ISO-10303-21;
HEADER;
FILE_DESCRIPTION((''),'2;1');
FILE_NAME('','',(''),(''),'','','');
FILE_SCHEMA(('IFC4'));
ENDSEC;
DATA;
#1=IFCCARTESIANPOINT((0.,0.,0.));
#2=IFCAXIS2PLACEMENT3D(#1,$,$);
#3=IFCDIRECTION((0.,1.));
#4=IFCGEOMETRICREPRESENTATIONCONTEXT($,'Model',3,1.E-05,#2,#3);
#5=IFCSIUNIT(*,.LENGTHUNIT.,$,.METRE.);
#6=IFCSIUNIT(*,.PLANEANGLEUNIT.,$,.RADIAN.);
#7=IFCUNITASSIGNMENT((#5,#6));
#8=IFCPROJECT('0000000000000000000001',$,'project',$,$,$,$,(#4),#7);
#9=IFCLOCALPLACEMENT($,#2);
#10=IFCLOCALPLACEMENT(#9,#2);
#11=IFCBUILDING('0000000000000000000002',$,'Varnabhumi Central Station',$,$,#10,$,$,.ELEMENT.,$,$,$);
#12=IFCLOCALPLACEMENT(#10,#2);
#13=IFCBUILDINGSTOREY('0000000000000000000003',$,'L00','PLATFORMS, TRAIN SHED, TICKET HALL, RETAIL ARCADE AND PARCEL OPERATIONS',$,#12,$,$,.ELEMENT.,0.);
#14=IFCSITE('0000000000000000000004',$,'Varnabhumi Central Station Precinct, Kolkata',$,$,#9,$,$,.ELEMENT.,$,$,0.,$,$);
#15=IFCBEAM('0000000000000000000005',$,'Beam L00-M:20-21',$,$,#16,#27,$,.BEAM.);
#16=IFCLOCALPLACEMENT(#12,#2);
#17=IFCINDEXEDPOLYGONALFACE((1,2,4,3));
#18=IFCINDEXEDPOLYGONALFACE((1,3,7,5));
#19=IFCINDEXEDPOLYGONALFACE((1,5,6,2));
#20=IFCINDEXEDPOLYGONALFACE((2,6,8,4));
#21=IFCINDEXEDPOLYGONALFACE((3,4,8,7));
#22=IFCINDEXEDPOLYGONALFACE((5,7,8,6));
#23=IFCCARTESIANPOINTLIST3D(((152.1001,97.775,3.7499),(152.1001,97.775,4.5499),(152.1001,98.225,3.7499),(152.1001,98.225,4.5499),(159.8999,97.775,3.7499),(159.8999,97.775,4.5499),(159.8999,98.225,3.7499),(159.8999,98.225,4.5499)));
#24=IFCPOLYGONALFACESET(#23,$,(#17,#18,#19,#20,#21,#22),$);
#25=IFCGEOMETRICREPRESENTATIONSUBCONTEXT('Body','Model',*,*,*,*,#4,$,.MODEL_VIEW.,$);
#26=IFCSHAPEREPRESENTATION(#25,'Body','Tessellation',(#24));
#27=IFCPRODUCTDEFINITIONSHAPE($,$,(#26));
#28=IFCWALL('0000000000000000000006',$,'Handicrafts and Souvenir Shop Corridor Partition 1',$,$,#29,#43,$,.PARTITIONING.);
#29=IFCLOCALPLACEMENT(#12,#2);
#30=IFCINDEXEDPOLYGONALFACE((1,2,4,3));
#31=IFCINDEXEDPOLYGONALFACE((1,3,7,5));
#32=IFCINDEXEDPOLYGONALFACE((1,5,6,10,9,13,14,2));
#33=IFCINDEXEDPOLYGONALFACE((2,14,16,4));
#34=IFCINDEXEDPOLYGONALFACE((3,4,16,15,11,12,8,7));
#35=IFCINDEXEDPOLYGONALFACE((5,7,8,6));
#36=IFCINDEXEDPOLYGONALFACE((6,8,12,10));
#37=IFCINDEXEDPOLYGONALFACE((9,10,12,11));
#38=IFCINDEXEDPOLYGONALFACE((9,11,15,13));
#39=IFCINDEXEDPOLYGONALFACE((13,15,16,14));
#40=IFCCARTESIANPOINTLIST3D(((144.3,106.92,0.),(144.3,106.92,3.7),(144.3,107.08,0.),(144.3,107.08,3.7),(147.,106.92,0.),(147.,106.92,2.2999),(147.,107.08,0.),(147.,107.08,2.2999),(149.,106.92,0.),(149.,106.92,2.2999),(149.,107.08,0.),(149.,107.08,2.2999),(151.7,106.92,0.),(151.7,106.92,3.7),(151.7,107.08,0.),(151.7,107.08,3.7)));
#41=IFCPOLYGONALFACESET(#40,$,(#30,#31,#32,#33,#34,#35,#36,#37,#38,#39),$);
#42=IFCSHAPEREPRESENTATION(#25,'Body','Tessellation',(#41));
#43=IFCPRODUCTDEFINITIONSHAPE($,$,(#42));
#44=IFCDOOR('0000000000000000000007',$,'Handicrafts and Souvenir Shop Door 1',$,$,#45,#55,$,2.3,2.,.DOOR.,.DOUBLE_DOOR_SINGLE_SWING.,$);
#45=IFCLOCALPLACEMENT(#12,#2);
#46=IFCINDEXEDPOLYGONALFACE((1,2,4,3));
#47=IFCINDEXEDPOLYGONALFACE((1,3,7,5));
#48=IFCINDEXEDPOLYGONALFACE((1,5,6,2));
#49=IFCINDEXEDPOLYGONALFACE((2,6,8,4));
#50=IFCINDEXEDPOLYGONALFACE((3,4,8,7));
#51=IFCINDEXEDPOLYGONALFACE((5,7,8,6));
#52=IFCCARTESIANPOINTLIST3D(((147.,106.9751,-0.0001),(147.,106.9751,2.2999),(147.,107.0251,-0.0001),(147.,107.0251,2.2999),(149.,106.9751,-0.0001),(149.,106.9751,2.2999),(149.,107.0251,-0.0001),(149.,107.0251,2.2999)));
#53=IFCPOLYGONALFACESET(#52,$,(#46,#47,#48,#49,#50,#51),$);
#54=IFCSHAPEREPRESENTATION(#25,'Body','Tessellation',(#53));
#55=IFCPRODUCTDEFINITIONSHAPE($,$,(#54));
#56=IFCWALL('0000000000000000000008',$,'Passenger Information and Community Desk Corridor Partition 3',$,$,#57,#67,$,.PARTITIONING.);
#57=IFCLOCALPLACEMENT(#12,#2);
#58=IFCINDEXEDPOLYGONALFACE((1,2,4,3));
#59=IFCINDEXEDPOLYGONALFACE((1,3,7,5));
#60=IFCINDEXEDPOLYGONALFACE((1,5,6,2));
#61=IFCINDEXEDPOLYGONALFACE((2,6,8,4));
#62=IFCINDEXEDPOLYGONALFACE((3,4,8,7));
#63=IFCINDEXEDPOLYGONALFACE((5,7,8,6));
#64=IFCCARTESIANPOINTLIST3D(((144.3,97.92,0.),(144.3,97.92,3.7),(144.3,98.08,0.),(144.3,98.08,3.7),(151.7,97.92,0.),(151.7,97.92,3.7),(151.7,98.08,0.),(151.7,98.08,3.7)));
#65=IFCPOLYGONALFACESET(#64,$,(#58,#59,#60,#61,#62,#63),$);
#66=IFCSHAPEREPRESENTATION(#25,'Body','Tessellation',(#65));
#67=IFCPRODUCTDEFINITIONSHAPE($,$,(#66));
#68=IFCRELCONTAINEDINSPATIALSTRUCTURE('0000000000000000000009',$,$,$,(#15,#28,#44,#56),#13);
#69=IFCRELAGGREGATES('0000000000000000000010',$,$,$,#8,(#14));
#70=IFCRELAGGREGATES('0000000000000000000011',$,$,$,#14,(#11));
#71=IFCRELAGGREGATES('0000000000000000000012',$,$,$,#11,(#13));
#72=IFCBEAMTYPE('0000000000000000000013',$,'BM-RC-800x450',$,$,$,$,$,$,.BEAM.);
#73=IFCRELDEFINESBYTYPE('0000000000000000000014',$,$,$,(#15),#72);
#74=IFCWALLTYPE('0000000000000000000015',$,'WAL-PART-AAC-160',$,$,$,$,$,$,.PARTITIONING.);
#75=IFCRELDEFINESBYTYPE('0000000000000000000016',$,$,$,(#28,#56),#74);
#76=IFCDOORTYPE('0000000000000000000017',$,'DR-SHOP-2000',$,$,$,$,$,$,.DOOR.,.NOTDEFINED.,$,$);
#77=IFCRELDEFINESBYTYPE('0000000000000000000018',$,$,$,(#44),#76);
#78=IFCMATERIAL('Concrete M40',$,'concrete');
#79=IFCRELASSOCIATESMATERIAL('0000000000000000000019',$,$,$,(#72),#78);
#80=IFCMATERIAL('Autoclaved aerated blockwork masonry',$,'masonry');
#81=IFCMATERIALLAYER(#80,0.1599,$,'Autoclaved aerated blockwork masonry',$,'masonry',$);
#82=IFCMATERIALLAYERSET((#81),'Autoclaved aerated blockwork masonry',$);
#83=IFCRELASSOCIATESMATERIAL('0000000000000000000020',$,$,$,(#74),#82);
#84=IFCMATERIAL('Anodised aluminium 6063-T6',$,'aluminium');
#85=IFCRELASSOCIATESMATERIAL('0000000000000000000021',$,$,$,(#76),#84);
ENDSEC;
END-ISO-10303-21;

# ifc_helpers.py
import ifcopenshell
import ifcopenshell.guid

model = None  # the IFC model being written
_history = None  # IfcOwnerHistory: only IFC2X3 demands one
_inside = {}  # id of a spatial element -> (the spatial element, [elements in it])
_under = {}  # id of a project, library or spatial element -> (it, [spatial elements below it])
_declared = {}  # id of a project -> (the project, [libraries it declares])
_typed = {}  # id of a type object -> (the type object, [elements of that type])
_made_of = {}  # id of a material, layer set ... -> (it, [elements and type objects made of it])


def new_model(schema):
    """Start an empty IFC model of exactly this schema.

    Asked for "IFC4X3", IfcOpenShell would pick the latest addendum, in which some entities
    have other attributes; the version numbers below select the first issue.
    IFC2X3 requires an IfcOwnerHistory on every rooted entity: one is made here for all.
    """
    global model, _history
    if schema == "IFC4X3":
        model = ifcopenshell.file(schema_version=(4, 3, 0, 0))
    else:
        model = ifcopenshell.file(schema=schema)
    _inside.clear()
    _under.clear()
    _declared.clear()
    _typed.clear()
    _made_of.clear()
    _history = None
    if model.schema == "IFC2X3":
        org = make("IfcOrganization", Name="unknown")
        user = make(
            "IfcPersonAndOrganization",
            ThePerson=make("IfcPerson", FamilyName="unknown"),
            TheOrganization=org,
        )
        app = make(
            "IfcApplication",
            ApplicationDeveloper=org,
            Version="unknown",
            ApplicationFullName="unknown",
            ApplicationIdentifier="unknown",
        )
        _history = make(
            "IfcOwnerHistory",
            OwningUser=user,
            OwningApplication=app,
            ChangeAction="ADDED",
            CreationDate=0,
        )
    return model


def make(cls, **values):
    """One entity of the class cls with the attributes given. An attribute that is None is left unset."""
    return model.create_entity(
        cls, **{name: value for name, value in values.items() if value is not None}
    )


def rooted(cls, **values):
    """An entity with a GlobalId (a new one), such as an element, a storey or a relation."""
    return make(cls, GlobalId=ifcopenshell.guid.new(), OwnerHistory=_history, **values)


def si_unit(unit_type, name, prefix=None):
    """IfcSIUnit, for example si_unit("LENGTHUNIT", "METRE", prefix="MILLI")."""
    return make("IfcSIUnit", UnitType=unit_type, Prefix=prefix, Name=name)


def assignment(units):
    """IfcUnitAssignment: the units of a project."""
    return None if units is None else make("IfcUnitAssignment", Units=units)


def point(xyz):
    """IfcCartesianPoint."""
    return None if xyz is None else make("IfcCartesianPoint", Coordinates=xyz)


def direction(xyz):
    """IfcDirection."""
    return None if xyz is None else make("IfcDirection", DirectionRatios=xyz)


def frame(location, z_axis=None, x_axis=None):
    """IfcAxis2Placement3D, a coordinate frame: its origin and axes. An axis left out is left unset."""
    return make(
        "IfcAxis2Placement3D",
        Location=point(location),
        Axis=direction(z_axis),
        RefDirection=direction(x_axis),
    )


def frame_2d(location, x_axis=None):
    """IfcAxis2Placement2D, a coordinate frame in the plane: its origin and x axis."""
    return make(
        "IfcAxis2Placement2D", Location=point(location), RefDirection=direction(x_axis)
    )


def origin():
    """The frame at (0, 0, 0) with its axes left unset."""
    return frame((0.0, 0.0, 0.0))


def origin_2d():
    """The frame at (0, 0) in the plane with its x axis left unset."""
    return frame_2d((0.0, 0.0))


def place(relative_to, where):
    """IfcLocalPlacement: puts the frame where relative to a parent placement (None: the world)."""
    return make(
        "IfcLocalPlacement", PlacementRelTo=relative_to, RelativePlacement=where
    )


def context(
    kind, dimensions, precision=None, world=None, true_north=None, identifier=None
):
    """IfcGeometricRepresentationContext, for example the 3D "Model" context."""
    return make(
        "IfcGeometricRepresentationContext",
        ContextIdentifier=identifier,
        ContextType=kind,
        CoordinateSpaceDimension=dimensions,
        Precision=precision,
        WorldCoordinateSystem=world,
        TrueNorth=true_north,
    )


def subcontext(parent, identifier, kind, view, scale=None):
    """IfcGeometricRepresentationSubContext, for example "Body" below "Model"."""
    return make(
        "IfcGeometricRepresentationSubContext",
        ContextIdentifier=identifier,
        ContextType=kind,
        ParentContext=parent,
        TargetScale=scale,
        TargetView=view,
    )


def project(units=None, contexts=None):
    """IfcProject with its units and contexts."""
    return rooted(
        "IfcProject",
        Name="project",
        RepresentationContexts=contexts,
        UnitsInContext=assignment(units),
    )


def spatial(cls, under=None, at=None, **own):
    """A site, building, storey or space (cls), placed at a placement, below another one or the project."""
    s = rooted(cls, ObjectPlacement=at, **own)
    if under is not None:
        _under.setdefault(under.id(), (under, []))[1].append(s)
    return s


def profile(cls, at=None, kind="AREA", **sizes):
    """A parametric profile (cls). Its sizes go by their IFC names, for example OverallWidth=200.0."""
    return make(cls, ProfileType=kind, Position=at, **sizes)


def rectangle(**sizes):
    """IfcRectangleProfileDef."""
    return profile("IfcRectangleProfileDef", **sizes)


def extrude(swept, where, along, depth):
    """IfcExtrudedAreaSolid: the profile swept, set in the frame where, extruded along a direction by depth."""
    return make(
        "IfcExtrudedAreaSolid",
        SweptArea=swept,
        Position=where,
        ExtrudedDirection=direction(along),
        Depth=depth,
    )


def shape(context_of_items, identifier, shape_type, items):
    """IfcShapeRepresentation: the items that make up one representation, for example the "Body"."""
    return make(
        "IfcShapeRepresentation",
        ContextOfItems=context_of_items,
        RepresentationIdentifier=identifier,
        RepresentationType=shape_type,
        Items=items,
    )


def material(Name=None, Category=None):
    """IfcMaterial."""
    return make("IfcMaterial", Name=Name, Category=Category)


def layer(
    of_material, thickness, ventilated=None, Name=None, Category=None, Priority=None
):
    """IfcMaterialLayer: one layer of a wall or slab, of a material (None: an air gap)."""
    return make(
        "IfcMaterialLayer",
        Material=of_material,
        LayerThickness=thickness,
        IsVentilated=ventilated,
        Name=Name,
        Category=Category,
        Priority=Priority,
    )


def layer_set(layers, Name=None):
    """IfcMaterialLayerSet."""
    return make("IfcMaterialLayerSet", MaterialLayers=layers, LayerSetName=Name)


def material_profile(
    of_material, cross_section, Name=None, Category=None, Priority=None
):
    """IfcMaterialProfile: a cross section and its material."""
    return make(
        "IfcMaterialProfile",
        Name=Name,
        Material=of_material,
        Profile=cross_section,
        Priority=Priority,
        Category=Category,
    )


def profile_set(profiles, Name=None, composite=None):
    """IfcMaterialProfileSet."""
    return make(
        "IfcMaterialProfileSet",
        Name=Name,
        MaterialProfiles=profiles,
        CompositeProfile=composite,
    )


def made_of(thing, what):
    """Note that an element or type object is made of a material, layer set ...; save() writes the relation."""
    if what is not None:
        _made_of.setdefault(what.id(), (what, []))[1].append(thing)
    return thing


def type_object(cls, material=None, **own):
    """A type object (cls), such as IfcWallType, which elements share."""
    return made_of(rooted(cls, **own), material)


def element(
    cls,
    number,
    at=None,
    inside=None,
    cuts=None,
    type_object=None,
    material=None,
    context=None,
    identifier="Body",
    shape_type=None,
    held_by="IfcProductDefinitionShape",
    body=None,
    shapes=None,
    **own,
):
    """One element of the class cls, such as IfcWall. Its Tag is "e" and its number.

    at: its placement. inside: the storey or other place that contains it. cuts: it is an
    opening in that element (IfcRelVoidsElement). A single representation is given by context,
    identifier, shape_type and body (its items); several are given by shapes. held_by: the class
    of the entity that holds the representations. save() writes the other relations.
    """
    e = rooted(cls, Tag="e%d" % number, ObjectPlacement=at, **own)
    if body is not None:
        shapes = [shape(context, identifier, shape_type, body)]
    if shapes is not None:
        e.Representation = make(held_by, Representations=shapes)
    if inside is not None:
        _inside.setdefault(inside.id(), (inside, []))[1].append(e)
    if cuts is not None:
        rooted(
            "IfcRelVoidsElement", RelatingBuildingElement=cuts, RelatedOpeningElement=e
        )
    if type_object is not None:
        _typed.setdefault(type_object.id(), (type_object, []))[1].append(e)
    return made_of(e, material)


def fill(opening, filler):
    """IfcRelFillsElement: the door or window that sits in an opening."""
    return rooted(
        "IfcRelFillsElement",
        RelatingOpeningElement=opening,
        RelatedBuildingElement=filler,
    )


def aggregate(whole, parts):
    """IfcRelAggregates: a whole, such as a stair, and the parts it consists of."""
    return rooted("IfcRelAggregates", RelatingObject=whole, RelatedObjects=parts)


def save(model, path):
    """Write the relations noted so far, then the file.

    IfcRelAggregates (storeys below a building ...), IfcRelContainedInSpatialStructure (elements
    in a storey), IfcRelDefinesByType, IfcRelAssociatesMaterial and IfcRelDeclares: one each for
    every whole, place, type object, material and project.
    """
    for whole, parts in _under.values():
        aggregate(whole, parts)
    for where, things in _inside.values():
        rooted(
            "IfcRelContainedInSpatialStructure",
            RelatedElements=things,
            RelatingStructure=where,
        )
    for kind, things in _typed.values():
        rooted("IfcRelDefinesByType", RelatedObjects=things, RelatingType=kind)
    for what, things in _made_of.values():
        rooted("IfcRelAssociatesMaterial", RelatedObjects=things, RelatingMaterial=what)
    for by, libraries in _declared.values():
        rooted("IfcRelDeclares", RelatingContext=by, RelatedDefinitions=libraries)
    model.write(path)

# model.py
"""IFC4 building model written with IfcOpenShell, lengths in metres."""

from ifc_helpers import new_model, si_unit, direction, frame, frame_2d, origin, origin_2d, place, context, subcontext, project, spatial, rectangle, extrude, material, layer, layer_set, material_profile, profile_set, type_object, element, fill, save


model = new_model("IFC4")

# Units and contexts
model_context = context("Model", 3, precision=1e-05, world=origin(), true_north=direction((0.0, 1.0)))
body_context = subcontext(model_context, "Body", "Model", "MODEL_VIEW")
ifc_project = project(units=[si_unit("LENGTHUNIT", "METRE"), si_unit("PLANEANGLEUNIT", "RADIAN")], contexts=[model_context])

# Site, building, storey
site_placement = place(None, origin())
site = spatial("IfcSite", under=ifc_project, at=site_placement, Name="Varnabhumi Central Station Precinct, Kolkata", CompositionType="ELEMENT", RefElevation=0.0)
building_placement = place(site_placement, origin())
building = spatial("IfcBuilding", under=site, at=building_placement, Name="Varnabhumi Central Station", CompositionType="ELEMENT")
storey_placement = place(building_placement, origin())
storey = spatial("IfcBuildingStorey", under=building, at=storey_placement, Name="L00", Description="PLATFORMS, TRAIN SHED, TICKET HALL, RETAIL ARCADE AND PARCEL OPERATIONS", CompositionType="ELEMENT", Elevation=0.0)

# Shared definitions
ifc_material_1 = material(Name="Concrete M40", Category="concrete")

# Beam
ifc_material_profile_1 = material_profile(ifc_material_1, rectangle(XDim=0.45, YDim=0.8, at=origin_2d()), Name="Concrete M40", Category="concrete")
ifc_profile_set_1 = profile_set([ifc_material_profile_1], Name="Concrete M40")
beam_type_1 = type_object("IfcBeamType", Name="BM-RC-800x450", PredefinedType="BEAM", material=ifc_profile_set_1)
for number, where, z_axis, x_axis, name in (
    (1, (152.1001, 98.0, 4.1499), (1.0, 0.0, 0.0), (0.0, 1.0, 0.0), "Beam L00-M:20-21"),
):
    element("IfcBeam", number, at=place(storey_placement, frame(where, z_axis=z_axis, x_axis=x_axis)), inside=storey, type_object=beam_type_1, Name=name, PredefinedType="BEAM", context=body_context, shape_type="SweptSolid", body=[
        extrude(rectangle(XDim=0.45, YDim=0.8, at=origin_2d()), origin(), (0.0, 0.0, 1.0), 7.7998),
    ])

# Wall, opening, door
ifc_material_2 = material(Name="Autoclaved aerated blockwork masonry", Category="masonry")
ifc_layer_1 = layer(ifc_material_2, 0.1599, Name="Autoclaved aerated blockwork masonry", Category="masonry")
ifc_layer_set_1 = layer_set([ifc_layer_1], Name="Autoclaved aerated blockwork masonry")
wall_type = type_object("IfcWallType", Name="WAL-PART-AAC-160", PredefinedType="PARTITIONING", material=ifc_layer_set_1)
wall_1_placement = place(storey_placement, frame((144.3, 107.0, 0.0), z_axis=(0.0, 0.0, 1.0), x_axis=(1.0, 0.0, 0.0)))
wall_1 = element("IfcWall", 2, at=wall_1_placement, inside=storey, type_object=wall_type, Name="Handicrafts and Souvenir Shop Corridor Partition 1", PredefinedType="PARTITIONING", context=body_context, shape_type="SweptSolid", body=[
    extrude(rectangle(XDim=7.3999, YDim=0.1599, at=frame_2d((3.7, 0.0))), origin(), (0.0, 0.0, 1.0), 3.7),
])
opening_placement = place(wall_1_placement, frame((2.7, 0.0, 0.0)))
opening = element("IfcOpeningElement", 3, at=opening_placement, cuts=wall_1, PredefinedType="OPENING", context=body_context, shape_type="SweptSolid", body=[
    extrude(rectangle(XDim=2.0, YDim=2.3, at=frame_2d((1.0, 1.1499))), frame((0.0, 0.0898, 0.0), z_axis=(0.0, -1.0, 0.0), x_axis=(1.0, 0.0, 0.0)), (0.0, 0.0, 1.0), 0.1799),
])
ifc_material_3 = material(Name="Anodised aluminium 6063-T6", Category="aluminium")
door_type = type_object("IfcDoorType", Name="DR-SHOP-2000", OperationType="NOTDEFINED", PredefinedType="DOOR", material=ifc_material_3)
door_placement = place(opening_placement, frame((2.0, 0.0, 0.0), z_axis=(0.0, 0.0, 1.0), x_axis=(-1.0, 0.0, 0.0)))
door = element("IfcDoor", 4, at=door_placement, inside=storey, type_object=door_type, Name="Handicrafts and Souvenir Shop Door 1", OperationType="DOUBLE_DOOR_SINGLE_SWING", OverallHeight=2.3, OverallWidth=2.0, PredefinedType="DOOR", context=body_context, shape_type="SweptSolid", body=[
    extrude(rectangle(XDim=2.0, YDim=2.3, at=frame_2d((1.0, 1.1499))), frame((0.0, 0.0249, 0.0), z_axis=(0.0, -1.0, 0.0), x_axis=(1.0, 0.0, 0.0)), (0.0, 0.0, 1.0), 0.05),
])
fill(opening, door)

# Wall
wall_2_placement = place(storey_placement, frame((144.3, 98.0, 0.0), z_axis=(0.0, 0.0, 1.0), x_axis=(1.0, 0.0, 0.0)))
element("IfcWall", 5, at=wall_2_placement, inside=storey, type_object=wall_type, Name="Passenger Information and Community Desk Corridor Partition 3", PredefinedType="PARTITIONING", context=body_context, shape_type="SweptSolid", body=[
    extrude(rectangle(XDim=7.3999, YDim=0.1599, at=frame_2d((3.7, 0.0))), origin(), (0.0, 0.0, 1.0), 3.7),
])

save(model, "model.ifc")
